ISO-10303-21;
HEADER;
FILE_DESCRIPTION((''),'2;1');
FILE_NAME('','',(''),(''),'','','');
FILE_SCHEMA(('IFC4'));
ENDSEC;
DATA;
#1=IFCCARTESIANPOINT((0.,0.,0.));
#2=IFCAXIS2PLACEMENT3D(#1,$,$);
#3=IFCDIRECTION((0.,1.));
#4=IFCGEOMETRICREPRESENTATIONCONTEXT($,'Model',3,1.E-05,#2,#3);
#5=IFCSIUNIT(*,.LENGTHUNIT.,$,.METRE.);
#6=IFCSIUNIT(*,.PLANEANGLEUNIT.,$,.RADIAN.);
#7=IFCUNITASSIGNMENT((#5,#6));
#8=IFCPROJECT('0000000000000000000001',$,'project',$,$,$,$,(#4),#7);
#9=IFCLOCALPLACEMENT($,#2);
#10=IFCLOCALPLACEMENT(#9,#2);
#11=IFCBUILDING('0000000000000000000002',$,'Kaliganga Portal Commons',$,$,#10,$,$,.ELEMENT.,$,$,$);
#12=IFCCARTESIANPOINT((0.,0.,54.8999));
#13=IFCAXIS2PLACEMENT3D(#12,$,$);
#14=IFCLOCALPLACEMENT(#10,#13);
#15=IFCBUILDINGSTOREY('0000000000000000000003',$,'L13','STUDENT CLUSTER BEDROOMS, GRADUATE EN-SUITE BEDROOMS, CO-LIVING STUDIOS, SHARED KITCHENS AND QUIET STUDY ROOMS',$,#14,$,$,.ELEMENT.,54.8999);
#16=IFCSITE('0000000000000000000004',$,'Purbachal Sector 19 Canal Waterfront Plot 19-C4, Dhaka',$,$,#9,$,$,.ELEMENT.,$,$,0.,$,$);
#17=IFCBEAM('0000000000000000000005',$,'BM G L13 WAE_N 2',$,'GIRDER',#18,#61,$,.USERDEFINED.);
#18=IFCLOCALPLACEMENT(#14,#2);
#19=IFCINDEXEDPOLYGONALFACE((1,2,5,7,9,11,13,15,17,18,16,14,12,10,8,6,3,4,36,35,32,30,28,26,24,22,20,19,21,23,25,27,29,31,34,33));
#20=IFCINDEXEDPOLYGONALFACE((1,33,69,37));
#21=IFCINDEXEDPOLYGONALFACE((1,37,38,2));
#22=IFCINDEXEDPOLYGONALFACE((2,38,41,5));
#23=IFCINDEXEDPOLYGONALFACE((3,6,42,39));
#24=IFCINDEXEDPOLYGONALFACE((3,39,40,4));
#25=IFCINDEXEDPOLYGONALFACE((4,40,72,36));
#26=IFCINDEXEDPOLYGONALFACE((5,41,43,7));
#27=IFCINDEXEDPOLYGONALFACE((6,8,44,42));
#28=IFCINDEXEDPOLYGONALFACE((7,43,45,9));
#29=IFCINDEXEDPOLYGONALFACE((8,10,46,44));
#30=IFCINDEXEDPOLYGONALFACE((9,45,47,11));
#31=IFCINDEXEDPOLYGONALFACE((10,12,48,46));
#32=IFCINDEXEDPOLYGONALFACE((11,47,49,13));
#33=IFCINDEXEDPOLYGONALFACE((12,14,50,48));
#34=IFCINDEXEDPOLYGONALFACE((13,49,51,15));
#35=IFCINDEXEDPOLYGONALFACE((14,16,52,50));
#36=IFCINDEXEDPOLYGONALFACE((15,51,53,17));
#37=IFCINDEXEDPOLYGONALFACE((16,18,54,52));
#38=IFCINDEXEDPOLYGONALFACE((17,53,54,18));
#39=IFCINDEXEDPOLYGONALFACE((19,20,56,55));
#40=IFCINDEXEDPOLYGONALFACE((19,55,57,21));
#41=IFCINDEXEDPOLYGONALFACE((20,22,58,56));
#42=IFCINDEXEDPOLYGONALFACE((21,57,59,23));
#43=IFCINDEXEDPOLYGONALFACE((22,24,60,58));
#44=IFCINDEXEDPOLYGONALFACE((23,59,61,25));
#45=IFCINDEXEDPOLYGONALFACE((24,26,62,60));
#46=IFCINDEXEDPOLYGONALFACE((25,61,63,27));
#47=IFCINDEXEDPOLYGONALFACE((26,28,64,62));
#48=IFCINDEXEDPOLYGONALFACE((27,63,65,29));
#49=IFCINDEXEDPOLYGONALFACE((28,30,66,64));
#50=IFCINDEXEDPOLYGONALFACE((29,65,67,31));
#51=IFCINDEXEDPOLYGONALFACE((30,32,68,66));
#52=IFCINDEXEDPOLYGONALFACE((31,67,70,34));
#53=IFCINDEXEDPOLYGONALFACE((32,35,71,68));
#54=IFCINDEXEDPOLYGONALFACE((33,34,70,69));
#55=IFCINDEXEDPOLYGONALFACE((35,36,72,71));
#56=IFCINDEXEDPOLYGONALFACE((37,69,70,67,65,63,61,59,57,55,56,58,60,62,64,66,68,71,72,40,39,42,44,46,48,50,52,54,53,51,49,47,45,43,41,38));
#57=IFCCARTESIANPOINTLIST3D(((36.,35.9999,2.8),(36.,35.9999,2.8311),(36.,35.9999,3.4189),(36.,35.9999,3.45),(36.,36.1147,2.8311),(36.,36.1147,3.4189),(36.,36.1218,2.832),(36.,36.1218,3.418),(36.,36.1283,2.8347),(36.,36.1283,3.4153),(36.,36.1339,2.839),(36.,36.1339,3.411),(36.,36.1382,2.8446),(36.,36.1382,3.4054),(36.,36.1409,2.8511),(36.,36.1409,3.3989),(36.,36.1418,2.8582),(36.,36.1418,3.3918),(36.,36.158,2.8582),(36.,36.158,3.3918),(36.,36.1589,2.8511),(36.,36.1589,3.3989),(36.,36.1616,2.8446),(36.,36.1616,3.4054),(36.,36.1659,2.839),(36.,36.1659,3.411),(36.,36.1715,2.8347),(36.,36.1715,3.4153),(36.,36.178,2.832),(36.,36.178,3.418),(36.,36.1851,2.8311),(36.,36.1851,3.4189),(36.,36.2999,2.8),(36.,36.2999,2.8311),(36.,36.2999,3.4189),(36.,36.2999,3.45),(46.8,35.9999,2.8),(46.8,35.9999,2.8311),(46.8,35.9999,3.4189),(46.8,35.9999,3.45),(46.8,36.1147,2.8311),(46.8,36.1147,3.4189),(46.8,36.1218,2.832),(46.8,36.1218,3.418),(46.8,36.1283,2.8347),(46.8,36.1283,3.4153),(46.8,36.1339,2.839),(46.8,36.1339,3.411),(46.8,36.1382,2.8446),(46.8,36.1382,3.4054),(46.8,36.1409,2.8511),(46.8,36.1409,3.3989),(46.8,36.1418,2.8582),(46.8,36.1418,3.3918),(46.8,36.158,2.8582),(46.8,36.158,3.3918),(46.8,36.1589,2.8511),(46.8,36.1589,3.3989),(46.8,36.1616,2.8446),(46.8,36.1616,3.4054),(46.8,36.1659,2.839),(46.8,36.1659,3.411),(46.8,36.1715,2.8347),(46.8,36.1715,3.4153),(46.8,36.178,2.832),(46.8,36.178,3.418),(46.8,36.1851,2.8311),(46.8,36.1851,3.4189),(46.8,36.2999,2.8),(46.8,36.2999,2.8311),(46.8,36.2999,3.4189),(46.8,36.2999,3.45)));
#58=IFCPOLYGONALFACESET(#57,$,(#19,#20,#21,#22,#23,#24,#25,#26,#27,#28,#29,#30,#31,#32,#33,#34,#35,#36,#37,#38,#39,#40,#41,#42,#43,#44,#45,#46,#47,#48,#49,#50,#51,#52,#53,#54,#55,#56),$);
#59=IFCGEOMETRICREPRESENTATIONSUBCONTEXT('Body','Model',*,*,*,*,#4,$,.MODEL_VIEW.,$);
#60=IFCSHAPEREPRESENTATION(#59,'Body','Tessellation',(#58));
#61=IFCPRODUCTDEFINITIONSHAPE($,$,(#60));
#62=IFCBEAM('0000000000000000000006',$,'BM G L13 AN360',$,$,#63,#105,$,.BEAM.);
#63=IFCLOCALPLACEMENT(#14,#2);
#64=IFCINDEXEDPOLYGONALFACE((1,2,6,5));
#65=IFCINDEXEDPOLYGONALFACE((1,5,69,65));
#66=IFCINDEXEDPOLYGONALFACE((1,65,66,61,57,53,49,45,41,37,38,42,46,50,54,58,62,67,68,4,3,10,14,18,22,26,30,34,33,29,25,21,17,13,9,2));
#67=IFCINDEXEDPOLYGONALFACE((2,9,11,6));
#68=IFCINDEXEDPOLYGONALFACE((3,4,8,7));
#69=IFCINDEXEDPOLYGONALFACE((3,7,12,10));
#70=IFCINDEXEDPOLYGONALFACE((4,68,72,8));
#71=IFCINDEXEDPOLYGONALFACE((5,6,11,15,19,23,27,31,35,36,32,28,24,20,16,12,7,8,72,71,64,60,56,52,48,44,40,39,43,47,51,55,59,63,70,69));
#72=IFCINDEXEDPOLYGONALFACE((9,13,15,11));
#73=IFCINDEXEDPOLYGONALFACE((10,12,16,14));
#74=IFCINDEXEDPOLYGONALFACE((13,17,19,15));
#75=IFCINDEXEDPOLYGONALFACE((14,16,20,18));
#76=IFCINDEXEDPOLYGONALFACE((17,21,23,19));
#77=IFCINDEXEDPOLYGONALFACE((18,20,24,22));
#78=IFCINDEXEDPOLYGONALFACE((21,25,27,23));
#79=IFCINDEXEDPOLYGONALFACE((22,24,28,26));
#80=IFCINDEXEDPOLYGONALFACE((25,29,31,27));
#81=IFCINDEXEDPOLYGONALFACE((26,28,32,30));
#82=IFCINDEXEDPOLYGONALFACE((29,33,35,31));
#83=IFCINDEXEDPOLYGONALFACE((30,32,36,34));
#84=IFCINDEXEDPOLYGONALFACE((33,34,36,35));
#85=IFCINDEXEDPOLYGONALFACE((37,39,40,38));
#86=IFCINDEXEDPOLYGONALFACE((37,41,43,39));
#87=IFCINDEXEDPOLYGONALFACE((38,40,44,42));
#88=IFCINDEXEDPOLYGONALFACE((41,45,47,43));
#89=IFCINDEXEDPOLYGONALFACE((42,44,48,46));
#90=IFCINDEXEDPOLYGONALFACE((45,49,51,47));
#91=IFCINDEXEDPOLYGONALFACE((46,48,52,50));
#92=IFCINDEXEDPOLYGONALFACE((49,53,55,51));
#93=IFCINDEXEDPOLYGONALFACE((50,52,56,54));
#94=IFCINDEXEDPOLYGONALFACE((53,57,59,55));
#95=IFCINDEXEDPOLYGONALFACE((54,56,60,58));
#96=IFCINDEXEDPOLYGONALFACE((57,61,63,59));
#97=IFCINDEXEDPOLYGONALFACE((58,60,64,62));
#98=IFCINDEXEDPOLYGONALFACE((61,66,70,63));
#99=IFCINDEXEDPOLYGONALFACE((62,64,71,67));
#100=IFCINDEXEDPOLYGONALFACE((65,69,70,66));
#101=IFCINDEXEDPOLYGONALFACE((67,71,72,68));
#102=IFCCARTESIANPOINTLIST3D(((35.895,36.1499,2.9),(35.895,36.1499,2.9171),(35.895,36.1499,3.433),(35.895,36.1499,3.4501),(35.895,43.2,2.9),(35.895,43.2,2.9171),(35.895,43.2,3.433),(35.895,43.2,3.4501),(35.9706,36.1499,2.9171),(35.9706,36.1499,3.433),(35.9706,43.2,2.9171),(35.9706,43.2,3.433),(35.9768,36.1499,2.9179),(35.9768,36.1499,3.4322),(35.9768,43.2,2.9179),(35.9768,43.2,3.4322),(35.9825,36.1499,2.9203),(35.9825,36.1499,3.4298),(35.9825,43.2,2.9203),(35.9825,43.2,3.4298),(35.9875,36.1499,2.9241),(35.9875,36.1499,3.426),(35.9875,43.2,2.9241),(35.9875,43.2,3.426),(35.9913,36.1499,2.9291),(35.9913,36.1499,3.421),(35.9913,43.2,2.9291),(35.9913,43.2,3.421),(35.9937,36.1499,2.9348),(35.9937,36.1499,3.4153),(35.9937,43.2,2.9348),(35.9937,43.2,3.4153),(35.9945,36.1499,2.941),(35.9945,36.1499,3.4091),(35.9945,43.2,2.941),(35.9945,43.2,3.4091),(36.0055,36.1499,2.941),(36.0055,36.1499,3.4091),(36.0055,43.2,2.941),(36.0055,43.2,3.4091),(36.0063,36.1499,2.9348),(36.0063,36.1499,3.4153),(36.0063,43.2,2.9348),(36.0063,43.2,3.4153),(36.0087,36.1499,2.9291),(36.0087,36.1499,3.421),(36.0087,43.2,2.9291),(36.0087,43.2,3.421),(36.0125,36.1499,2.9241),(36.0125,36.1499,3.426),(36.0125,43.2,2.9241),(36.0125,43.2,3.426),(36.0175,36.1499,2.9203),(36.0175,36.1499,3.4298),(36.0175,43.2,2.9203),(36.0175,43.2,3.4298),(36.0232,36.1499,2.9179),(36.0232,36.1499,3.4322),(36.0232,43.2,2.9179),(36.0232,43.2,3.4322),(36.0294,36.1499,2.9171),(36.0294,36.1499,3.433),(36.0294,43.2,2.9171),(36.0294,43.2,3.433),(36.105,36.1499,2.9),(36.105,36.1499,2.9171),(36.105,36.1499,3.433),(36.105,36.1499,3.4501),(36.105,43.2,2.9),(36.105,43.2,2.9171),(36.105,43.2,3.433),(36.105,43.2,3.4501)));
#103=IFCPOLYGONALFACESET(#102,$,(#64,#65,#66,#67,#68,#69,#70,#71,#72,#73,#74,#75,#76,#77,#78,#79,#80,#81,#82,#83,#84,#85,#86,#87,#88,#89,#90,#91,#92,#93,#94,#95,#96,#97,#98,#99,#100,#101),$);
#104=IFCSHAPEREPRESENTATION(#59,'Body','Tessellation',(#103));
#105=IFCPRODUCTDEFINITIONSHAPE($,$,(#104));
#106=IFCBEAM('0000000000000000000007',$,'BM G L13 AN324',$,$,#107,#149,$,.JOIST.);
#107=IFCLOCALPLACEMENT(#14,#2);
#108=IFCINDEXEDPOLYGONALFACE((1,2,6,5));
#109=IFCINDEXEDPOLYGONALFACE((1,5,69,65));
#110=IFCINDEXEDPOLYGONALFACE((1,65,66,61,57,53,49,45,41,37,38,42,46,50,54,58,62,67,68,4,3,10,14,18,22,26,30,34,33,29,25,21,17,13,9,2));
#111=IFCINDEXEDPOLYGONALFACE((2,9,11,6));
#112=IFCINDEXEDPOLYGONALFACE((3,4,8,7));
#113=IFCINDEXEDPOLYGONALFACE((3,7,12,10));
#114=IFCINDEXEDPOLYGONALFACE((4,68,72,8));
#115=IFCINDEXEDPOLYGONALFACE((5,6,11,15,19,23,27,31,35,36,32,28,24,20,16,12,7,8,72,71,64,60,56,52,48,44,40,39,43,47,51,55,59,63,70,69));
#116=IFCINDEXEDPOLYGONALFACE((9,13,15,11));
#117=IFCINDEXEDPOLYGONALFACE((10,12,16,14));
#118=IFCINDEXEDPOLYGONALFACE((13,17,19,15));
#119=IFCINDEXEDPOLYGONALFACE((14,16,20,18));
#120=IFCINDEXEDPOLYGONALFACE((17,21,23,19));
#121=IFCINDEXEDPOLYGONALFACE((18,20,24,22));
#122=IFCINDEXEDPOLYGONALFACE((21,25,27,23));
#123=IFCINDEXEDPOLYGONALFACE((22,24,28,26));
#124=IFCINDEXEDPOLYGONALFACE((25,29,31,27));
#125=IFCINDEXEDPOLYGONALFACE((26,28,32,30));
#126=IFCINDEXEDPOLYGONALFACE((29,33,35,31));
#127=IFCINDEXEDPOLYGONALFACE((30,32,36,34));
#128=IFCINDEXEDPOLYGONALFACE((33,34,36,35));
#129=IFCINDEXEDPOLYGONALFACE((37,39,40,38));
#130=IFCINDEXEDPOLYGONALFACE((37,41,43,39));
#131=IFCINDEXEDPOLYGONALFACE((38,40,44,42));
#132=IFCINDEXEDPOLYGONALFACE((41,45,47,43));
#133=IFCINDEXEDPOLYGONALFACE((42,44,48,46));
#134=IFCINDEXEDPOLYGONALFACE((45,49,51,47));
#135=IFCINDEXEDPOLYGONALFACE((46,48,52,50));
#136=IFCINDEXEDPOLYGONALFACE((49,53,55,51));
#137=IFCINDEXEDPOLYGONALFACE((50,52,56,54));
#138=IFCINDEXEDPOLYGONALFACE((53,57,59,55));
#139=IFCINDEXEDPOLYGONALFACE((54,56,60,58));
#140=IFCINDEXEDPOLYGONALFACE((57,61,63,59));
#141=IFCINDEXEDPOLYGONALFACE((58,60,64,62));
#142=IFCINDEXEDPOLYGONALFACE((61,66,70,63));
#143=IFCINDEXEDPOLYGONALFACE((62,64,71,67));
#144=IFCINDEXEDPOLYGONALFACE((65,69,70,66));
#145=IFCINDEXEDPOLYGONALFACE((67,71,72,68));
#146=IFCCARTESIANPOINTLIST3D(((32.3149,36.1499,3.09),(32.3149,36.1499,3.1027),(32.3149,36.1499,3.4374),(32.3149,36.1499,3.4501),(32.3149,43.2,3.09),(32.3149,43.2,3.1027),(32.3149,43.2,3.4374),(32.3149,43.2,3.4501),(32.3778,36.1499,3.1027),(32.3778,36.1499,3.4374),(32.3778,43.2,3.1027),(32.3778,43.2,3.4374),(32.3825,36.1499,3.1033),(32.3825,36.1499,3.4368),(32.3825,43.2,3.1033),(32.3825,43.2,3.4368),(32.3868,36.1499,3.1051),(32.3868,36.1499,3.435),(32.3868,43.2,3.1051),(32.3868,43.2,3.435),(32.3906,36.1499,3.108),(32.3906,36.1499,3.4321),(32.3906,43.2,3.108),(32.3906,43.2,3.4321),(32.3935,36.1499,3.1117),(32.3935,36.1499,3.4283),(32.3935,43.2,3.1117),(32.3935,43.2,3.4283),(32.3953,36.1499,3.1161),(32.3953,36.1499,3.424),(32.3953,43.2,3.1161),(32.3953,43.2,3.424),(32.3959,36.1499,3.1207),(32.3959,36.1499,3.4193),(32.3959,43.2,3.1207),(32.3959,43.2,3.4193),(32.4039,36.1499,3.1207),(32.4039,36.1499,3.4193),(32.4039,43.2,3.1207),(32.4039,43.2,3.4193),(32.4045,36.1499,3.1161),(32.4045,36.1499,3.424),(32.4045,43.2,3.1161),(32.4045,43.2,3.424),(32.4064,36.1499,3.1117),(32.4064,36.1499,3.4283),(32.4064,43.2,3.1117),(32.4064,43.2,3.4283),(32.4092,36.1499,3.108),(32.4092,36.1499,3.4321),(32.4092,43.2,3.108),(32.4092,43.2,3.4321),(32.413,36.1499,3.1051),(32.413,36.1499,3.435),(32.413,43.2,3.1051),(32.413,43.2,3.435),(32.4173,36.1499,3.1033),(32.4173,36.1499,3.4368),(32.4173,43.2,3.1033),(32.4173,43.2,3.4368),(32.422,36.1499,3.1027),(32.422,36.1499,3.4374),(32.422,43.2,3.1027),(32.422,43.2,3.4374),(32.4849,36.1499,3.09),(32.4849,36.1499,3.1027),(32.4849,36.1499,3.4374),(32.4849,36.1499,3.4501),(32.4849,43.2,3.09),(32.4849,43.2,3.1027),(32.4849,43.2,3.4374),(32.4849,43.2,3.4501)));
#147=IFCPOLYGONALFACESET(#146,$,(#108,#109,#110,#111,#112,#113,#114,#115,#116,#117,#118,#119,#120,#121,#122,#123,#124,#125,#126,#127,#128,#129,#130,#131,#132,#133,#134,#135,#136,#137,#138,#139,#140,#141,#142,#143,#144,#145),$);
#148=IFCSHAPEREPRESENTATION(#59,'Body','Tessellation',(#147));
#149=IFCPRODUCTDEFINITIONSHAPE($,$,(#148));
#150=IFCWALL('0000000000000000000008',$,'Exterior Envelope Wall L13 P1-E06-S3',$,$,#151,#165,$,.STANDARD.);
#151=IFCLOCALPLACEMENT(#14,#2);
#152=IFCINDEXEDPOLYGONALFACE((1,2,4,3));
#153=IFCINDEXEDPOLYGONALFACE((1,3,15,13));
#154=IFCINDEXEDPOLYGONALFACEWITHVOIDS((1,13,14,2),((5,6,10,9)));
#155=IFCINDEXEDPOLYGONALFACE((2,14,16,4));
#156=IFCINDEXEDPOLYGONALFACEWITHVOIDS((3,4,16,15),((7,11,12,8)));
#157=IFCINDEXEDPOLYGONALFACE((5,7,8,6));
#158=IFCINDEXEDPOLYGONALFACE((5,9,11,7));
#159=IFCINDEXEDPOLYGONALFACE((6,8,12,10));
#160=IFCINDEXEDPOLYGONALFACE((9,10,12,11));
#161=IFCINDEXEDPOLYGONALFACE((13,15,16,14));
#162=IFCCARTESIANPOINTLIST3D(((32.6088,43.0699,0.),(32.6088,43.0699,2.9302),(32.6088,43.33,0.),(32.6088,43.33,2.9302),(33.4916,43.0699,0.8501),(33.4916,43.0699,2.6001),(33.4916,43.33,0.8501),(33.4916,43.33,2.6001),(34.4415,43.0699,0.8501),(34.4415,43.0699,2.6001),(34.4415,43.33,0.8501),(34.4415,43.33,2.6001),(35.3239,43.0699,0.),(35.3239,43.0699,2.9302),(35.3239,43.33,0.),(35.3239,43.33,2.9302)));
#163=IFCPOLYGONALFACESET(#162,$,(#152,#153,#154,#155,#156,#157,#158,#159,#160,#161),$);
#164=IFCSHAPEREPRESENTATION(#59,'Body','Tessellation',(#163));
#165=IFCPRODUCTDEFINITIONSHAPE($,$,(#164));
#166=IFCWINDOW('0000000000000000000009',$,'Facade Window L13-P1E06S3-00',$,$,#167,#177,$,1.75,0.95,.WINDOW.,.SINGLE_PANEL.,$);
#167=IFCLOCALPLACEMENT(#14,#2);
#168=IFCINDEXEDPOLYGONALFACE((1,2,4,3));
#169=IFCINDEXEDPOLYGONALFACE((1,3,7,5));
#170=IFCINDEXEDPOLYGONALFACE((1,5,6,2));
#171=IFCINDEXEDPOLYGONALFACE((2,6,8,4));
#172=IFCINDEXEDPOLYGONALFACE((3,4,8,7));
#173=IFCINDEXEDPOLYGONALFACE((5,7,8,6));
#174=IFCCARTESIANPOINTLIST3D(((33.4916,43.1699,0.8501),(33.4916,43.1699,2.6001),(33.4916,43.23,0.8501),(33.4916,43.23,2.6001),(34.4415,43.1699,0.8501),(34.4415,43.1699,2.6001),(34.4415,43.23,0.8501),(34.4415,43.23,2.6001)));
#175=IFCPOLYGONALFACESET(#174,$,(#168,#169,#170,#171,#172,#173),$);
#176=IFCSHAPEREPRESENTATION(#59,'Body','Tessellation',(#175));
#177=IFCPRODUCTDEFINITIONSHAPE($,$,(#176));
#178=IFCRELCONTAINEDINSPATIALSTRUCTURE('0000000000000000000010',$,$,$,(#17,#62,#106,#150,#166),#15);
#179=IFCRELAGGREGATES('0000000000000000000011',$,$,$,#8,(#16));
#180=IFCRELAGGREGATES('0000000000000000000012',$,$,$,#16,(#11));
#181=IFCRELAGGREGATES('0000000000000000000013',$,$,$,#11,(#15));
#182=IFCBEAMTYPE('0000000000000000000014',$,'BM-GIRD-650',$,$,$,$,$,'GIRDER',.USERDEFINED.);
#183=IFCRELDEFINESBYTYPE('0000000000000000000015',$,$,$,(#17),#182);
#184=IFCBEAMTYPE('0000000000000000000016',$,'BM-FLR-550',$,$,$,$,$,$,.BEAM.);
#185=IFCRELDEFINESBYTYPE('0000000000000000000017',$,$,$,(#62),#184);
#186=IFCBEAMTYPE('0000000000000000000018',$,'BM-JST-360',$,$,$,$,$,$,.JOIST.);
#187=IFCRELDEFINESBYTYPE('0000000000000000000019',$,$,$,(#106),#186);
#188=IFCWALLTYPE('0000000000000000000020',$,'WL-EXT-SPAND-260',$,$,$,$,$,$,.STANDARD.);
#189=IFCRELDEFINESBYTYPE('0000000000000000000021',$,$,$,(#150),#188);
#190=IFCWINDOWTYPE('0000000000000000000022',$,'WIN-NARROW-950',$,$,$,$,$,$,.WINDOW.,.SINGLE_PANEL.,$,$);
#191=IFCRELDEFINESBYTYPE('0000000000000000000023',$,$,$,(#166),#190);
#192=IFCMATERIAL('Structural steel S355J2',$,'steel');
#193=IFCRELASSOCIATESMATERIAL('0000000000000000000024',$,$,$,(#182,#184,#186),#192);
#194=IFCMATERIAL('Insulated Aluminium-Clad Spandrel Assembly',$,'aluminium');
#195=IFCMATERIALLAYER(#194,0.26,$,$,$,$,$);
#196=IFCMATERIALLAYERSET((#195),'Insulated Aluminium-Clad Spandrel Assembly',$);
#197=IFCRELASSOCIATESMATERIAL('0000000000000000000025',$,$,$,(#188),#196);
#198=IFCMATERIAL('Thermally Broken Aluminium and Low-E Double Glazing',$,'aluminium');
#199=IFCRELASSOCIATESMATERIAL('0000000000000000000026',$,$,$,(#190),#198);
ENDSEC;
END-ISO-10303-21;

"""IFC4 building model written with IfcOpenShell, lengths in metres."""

from ifc_helpers import new_model, si_unit, direction, frame, frame_2d, origin, origin_2d, place, context, subcontext, project, spatial, rectangle, i_section, extrude, source, transform, mapped, material, layer, layer_set, material_profile, profile_set, type_object, element, fill, save


model = new_model("IFC4")

# Units and contexts
model_context = context("Model", 3, precision=1e-05, world=origin(), true_north=direction((0.0, 1.0)))
body_context = subcontext(model_context, "Body", "Model", "MODEL_VIEW")
ifc_project = project(units=[si_unit("LENGTHUNIT", "METRE"), si_unit("PLANEANGLEUNIT", "RADIAN")], contexts=[model_context])

# Site, building, storey
site_placement = place(None, origin())
site = spatial("IfcSite", under=ifc_project, at=site_placement, Name="Purbachal Sector 19 Canal Waterfront Plot 19-C4, Dhaka", CompositionType="ELEMENT", RefElevation=0.0)
building_placement = place(site_placement, origin())
building = spatial("IfcBuilding", under=site, at=building_placement, Name="Kaliganga Portal Commons", CompositionType="ELEMENT")
storey_placement = place(building_placement, frame((0.0, 0.0, 54.8999)))
storey = spatial("IfcBuildingStorey", under=building, at=storey_placement, Name="L13", Description="STUDENT CLUSTER BEDROOMS, GRADUATE EN-SUITE BEDROOMS, CO-LIVING STUDIOS, SHARED KITCHENS AND QUIET STUDY ROOMS", CompositionType="ELEMENT", Elevation=54.8999)

# Beams
ifc_material_1 = material(Name="Structural steel S355J2", Category="steel")
ifc_material_profile_1 = material_profile(ifc_material_1, i_section(OverallWidth=0.3, OverallDepth=0.6499, WebThickness=0.0161, FlangeThickness=0.031, FilletRadius=0.0271, at=origin_2d()), Name="HE 650 B")
ifc_profile_set_1 = profile_set([ifc_material_profile_1], Name="Structural steel S355J2 wide-flange")
beam_type_1 = type_object("IfcBeamType", Name="BM-GIRD-650", ElementType="GIRDER", PredefinedType="USERDEFINED", material=ifc_profile_set_1)
shared_shape_1 = source(origin(), body_context, "Body", "SweptSolid", [
    extrude(i_section(OverallWidth=0.3, OverallDepth=0.6499, WebThickness=0.0161, FlangeThickness=0.031, FilletRadius=0.0271, at=origin_2d()), origin(), (0.0, 0.0, 1.0), 10.8),
])
beam_1_placement = place(storey_placement, frame((36.0, 36.1499, 3.125), z_axis=(1.0, 0.0, 0.0), x_axis=(0.0, 1.0, 0.0)))
element("IfcBeam", 1, at=beam_1_placement, inside=storey, type_object=beam_type_1, Name="BM G L13 WAE_N 2", ObjectType="GIRDER", PredefinedType="USERDEFINED", context=body_context, shape_type="MappedRepresentation", body=[
    mapped(shared_shape_1, transform((0.0, 0.0, 0.0), x_axis=(1.0, 0.0, 0.0), y_axis=(0.0, 1.0, 0.0), z_axis=(0.0, 0.0, 1.0), scale=1.0)),
])
ifc_material_profile_2 = material_profile(ifc_material_1, i_section(OverallWidth=0.21, OverallDepth=0.55, WebThickness=0.011, FlangeThickness=0.0171, FilletRadius=0.0239, at=origin_2d()), Name="IPE 550")
ifc_profile_set_2 = profile_set([ifc_material_profile_2], Name="Structural steel S355J2 wide-flange")
beam_type_2 = type_object("IfcBeamType", Name="BM-FLR-550", PredefinedType="BEAM", material=ifc_profile_set_2)
shared_shape_2 = source(origin(), body_context, "Body", "SweptSolid", [
    extrude(i_section(OverallWidth=0.21, OverallDepth=0.55, WebThickness=0.011, FlangeThickness=0.0171, FilletRadius=0.0239, at=origin_2d()), origin(), (0.0, 0.0, 1.0), 7.05),
])
beam_2_placement = place(storey_placement, frame((36.0, 36.1499, 3.175), z_axis=(0.0, 1.0, 0.0), x_axis=(-1.0, 0.0, 0.0)))
element("IfcBeam", 2, at=beam_2_placement, inside=storey, type_object=beam_type_2, Name="BM G L13 AN360", PredefinedType="BEAM", context=body_context, shape_type="MappedRepresentation", body=[
    mapped(shared_shape_2, transform((0.0, 0.0, 0.0), x_axis=(1.0, 0.0, 0.0), y_axis=(0.0, 1.0, 0.0), z_axis=(0.0, 0.0, 1.0), scale=1.0)),
])
ifc_material_profile_3 = material_profile(ifc_material_1, i_section(OverallWidth=0.1699, OverallDepth=0.3601, WebThickness=0.0081, FlangeThickness=0.0127, FilletRadius=0.0181, at=origin_2d()), Name="IPE 360")
ifc_profile_set_3 = profile_set([ifc_material_profile_3], Name="Structural steel S355J2 wide-flange")
beam_type_3 = type_object("IfcBeamType", Name="BM-JST-360", PredefinedType="JOIST", material=ifc_profile_set_3)
shared_shape_3 = source(origin(), body_context, "Body", "SweptSolid", [
    extrude(i_section(OverallWidth=0.1699, OverallDepth=0.3601, WebThickness=0.0081, FlangeThickness=0.0127, FilletRadius=0.0181, at=origin_2d()), origin(), (0.0, 0.0, 1.0), 7.05),
])
beam_3_placement = place(storey_placement, frame((32.3999, 36.1499, 3.27), z_axis=(0.0, 1.0, 0.0), x_axis=(-1.0, 0.0, 0.0)))
element("IfcBeam", 3, at=beam_3_placement, inside=storey, type_object=beam_type_3, Name="BM G L13 AN324", PredefinedType="JOIST", context=body_context, shape_type="MappedRepresentation", body=[
    mapped(shared_shape_3, transform((0.0, 0.0, 0.0), x_axis=(1.0, 0.0, 0.0), y_axis=(0.0, 1.0, 0.0), z_axis=(0.0, 0.0, 1.0), scale=1.0)),
])

# Shared definitions
ifc_material_2 = material(Name="Insulated Aluminium-Clad Spandrel Assembly", Category="aluminium")
ifc_layer_1 = layer(ifc_material_2, 0.26)
ifc_layer_set_1 = layer_set([ifc_layer_1], Name="Insulated Aluminium-Clad Spandrel Assembly")
wall_type_1 = type_object("IfcWallType", Name="WL-EXT-SPAND-260", PredefinedType="STANDARD", material=ifc_layer_set_1)
ifc_material_3 = material(Name="Thermally Broken Aluminium and Low-E Double Glazing", Category="aluminium")

# Wall, opening, window
wall_1_placement = place(storey_placement, frame((32.6089, 43.2, 0.0), z_axis=(0.0, 0.0, 1.0), x_axis=(1.0, 0.0, 0.0)))
wall_1 = element("IfcWall", 4, at=wall_1_placement, inside=storey, type_object=wall_type_1, Name="Exterior Envelope Wall L13 P1-E06-S3", PredefinedType="STANDARD", context=body_context, shape_type="SweptSolid", body=[
    extrude(rectangle(XDim=2.7151, YDim=0.26, at=frame_2d((1.3574, 0.0))), origin(), (0.0, 0.0, 1.0), 2.9302),
])
opening_1_placement = place(wall_1_placement, frame((0.8826, 0.0, 0.8501)))
opening_1 = element("IfcOpeningElement", 5, at=opening_1_placement, cuts=wall_1, PredefinedType="OPENING", context=body_context, shape_type="SweptSolid", body=[
    extrude(rectangle(XDim=0.95, YDim=1.75, at=frame_2d((0.4751, 0.875))), frame((0.0, 0.1401, 0.0), z_axis=(0.0, -1.0, 0.0), x_axis=(1.0, 0.0, 0.0)), (0.0, 0.0, 1.0), 0.28),
])
window_type_1 = type_object("IfcWindowType", Name="WIN-NARROW-950", PartitioningType="SINGLE_PANEL", PredefinedType="WINDOW", material=ifc_material_3)
window_1_placement = place(opening_1_placement, origin())
window_1 = element("IfcWindow", 6, at=window_1_placement, inside=storey, type_object=window_type_1, Name="Facade Window L13-P1E06S3-00", OverallHeight=1.75, OverallWidth=0.95, PartitioningType="SINGLE_PANEL", PredefinedType="WINDOW", context=body_context, shape_type="SweptSolid", body=[
    extrude(rectangle(XDim=0.95, YDim=1.75, at=frame_2d((0.4751, 0.875))), frame((0.0, 0.03, 0.0), z_axis=(0.0, -1.0, 0.0), x_axis=(1.0, 0.0, 0.0)), (0.0, 0.0, 1.0), 0.0601),
])
fill(opening_1, window_1)

save(model, "model.ifc")
